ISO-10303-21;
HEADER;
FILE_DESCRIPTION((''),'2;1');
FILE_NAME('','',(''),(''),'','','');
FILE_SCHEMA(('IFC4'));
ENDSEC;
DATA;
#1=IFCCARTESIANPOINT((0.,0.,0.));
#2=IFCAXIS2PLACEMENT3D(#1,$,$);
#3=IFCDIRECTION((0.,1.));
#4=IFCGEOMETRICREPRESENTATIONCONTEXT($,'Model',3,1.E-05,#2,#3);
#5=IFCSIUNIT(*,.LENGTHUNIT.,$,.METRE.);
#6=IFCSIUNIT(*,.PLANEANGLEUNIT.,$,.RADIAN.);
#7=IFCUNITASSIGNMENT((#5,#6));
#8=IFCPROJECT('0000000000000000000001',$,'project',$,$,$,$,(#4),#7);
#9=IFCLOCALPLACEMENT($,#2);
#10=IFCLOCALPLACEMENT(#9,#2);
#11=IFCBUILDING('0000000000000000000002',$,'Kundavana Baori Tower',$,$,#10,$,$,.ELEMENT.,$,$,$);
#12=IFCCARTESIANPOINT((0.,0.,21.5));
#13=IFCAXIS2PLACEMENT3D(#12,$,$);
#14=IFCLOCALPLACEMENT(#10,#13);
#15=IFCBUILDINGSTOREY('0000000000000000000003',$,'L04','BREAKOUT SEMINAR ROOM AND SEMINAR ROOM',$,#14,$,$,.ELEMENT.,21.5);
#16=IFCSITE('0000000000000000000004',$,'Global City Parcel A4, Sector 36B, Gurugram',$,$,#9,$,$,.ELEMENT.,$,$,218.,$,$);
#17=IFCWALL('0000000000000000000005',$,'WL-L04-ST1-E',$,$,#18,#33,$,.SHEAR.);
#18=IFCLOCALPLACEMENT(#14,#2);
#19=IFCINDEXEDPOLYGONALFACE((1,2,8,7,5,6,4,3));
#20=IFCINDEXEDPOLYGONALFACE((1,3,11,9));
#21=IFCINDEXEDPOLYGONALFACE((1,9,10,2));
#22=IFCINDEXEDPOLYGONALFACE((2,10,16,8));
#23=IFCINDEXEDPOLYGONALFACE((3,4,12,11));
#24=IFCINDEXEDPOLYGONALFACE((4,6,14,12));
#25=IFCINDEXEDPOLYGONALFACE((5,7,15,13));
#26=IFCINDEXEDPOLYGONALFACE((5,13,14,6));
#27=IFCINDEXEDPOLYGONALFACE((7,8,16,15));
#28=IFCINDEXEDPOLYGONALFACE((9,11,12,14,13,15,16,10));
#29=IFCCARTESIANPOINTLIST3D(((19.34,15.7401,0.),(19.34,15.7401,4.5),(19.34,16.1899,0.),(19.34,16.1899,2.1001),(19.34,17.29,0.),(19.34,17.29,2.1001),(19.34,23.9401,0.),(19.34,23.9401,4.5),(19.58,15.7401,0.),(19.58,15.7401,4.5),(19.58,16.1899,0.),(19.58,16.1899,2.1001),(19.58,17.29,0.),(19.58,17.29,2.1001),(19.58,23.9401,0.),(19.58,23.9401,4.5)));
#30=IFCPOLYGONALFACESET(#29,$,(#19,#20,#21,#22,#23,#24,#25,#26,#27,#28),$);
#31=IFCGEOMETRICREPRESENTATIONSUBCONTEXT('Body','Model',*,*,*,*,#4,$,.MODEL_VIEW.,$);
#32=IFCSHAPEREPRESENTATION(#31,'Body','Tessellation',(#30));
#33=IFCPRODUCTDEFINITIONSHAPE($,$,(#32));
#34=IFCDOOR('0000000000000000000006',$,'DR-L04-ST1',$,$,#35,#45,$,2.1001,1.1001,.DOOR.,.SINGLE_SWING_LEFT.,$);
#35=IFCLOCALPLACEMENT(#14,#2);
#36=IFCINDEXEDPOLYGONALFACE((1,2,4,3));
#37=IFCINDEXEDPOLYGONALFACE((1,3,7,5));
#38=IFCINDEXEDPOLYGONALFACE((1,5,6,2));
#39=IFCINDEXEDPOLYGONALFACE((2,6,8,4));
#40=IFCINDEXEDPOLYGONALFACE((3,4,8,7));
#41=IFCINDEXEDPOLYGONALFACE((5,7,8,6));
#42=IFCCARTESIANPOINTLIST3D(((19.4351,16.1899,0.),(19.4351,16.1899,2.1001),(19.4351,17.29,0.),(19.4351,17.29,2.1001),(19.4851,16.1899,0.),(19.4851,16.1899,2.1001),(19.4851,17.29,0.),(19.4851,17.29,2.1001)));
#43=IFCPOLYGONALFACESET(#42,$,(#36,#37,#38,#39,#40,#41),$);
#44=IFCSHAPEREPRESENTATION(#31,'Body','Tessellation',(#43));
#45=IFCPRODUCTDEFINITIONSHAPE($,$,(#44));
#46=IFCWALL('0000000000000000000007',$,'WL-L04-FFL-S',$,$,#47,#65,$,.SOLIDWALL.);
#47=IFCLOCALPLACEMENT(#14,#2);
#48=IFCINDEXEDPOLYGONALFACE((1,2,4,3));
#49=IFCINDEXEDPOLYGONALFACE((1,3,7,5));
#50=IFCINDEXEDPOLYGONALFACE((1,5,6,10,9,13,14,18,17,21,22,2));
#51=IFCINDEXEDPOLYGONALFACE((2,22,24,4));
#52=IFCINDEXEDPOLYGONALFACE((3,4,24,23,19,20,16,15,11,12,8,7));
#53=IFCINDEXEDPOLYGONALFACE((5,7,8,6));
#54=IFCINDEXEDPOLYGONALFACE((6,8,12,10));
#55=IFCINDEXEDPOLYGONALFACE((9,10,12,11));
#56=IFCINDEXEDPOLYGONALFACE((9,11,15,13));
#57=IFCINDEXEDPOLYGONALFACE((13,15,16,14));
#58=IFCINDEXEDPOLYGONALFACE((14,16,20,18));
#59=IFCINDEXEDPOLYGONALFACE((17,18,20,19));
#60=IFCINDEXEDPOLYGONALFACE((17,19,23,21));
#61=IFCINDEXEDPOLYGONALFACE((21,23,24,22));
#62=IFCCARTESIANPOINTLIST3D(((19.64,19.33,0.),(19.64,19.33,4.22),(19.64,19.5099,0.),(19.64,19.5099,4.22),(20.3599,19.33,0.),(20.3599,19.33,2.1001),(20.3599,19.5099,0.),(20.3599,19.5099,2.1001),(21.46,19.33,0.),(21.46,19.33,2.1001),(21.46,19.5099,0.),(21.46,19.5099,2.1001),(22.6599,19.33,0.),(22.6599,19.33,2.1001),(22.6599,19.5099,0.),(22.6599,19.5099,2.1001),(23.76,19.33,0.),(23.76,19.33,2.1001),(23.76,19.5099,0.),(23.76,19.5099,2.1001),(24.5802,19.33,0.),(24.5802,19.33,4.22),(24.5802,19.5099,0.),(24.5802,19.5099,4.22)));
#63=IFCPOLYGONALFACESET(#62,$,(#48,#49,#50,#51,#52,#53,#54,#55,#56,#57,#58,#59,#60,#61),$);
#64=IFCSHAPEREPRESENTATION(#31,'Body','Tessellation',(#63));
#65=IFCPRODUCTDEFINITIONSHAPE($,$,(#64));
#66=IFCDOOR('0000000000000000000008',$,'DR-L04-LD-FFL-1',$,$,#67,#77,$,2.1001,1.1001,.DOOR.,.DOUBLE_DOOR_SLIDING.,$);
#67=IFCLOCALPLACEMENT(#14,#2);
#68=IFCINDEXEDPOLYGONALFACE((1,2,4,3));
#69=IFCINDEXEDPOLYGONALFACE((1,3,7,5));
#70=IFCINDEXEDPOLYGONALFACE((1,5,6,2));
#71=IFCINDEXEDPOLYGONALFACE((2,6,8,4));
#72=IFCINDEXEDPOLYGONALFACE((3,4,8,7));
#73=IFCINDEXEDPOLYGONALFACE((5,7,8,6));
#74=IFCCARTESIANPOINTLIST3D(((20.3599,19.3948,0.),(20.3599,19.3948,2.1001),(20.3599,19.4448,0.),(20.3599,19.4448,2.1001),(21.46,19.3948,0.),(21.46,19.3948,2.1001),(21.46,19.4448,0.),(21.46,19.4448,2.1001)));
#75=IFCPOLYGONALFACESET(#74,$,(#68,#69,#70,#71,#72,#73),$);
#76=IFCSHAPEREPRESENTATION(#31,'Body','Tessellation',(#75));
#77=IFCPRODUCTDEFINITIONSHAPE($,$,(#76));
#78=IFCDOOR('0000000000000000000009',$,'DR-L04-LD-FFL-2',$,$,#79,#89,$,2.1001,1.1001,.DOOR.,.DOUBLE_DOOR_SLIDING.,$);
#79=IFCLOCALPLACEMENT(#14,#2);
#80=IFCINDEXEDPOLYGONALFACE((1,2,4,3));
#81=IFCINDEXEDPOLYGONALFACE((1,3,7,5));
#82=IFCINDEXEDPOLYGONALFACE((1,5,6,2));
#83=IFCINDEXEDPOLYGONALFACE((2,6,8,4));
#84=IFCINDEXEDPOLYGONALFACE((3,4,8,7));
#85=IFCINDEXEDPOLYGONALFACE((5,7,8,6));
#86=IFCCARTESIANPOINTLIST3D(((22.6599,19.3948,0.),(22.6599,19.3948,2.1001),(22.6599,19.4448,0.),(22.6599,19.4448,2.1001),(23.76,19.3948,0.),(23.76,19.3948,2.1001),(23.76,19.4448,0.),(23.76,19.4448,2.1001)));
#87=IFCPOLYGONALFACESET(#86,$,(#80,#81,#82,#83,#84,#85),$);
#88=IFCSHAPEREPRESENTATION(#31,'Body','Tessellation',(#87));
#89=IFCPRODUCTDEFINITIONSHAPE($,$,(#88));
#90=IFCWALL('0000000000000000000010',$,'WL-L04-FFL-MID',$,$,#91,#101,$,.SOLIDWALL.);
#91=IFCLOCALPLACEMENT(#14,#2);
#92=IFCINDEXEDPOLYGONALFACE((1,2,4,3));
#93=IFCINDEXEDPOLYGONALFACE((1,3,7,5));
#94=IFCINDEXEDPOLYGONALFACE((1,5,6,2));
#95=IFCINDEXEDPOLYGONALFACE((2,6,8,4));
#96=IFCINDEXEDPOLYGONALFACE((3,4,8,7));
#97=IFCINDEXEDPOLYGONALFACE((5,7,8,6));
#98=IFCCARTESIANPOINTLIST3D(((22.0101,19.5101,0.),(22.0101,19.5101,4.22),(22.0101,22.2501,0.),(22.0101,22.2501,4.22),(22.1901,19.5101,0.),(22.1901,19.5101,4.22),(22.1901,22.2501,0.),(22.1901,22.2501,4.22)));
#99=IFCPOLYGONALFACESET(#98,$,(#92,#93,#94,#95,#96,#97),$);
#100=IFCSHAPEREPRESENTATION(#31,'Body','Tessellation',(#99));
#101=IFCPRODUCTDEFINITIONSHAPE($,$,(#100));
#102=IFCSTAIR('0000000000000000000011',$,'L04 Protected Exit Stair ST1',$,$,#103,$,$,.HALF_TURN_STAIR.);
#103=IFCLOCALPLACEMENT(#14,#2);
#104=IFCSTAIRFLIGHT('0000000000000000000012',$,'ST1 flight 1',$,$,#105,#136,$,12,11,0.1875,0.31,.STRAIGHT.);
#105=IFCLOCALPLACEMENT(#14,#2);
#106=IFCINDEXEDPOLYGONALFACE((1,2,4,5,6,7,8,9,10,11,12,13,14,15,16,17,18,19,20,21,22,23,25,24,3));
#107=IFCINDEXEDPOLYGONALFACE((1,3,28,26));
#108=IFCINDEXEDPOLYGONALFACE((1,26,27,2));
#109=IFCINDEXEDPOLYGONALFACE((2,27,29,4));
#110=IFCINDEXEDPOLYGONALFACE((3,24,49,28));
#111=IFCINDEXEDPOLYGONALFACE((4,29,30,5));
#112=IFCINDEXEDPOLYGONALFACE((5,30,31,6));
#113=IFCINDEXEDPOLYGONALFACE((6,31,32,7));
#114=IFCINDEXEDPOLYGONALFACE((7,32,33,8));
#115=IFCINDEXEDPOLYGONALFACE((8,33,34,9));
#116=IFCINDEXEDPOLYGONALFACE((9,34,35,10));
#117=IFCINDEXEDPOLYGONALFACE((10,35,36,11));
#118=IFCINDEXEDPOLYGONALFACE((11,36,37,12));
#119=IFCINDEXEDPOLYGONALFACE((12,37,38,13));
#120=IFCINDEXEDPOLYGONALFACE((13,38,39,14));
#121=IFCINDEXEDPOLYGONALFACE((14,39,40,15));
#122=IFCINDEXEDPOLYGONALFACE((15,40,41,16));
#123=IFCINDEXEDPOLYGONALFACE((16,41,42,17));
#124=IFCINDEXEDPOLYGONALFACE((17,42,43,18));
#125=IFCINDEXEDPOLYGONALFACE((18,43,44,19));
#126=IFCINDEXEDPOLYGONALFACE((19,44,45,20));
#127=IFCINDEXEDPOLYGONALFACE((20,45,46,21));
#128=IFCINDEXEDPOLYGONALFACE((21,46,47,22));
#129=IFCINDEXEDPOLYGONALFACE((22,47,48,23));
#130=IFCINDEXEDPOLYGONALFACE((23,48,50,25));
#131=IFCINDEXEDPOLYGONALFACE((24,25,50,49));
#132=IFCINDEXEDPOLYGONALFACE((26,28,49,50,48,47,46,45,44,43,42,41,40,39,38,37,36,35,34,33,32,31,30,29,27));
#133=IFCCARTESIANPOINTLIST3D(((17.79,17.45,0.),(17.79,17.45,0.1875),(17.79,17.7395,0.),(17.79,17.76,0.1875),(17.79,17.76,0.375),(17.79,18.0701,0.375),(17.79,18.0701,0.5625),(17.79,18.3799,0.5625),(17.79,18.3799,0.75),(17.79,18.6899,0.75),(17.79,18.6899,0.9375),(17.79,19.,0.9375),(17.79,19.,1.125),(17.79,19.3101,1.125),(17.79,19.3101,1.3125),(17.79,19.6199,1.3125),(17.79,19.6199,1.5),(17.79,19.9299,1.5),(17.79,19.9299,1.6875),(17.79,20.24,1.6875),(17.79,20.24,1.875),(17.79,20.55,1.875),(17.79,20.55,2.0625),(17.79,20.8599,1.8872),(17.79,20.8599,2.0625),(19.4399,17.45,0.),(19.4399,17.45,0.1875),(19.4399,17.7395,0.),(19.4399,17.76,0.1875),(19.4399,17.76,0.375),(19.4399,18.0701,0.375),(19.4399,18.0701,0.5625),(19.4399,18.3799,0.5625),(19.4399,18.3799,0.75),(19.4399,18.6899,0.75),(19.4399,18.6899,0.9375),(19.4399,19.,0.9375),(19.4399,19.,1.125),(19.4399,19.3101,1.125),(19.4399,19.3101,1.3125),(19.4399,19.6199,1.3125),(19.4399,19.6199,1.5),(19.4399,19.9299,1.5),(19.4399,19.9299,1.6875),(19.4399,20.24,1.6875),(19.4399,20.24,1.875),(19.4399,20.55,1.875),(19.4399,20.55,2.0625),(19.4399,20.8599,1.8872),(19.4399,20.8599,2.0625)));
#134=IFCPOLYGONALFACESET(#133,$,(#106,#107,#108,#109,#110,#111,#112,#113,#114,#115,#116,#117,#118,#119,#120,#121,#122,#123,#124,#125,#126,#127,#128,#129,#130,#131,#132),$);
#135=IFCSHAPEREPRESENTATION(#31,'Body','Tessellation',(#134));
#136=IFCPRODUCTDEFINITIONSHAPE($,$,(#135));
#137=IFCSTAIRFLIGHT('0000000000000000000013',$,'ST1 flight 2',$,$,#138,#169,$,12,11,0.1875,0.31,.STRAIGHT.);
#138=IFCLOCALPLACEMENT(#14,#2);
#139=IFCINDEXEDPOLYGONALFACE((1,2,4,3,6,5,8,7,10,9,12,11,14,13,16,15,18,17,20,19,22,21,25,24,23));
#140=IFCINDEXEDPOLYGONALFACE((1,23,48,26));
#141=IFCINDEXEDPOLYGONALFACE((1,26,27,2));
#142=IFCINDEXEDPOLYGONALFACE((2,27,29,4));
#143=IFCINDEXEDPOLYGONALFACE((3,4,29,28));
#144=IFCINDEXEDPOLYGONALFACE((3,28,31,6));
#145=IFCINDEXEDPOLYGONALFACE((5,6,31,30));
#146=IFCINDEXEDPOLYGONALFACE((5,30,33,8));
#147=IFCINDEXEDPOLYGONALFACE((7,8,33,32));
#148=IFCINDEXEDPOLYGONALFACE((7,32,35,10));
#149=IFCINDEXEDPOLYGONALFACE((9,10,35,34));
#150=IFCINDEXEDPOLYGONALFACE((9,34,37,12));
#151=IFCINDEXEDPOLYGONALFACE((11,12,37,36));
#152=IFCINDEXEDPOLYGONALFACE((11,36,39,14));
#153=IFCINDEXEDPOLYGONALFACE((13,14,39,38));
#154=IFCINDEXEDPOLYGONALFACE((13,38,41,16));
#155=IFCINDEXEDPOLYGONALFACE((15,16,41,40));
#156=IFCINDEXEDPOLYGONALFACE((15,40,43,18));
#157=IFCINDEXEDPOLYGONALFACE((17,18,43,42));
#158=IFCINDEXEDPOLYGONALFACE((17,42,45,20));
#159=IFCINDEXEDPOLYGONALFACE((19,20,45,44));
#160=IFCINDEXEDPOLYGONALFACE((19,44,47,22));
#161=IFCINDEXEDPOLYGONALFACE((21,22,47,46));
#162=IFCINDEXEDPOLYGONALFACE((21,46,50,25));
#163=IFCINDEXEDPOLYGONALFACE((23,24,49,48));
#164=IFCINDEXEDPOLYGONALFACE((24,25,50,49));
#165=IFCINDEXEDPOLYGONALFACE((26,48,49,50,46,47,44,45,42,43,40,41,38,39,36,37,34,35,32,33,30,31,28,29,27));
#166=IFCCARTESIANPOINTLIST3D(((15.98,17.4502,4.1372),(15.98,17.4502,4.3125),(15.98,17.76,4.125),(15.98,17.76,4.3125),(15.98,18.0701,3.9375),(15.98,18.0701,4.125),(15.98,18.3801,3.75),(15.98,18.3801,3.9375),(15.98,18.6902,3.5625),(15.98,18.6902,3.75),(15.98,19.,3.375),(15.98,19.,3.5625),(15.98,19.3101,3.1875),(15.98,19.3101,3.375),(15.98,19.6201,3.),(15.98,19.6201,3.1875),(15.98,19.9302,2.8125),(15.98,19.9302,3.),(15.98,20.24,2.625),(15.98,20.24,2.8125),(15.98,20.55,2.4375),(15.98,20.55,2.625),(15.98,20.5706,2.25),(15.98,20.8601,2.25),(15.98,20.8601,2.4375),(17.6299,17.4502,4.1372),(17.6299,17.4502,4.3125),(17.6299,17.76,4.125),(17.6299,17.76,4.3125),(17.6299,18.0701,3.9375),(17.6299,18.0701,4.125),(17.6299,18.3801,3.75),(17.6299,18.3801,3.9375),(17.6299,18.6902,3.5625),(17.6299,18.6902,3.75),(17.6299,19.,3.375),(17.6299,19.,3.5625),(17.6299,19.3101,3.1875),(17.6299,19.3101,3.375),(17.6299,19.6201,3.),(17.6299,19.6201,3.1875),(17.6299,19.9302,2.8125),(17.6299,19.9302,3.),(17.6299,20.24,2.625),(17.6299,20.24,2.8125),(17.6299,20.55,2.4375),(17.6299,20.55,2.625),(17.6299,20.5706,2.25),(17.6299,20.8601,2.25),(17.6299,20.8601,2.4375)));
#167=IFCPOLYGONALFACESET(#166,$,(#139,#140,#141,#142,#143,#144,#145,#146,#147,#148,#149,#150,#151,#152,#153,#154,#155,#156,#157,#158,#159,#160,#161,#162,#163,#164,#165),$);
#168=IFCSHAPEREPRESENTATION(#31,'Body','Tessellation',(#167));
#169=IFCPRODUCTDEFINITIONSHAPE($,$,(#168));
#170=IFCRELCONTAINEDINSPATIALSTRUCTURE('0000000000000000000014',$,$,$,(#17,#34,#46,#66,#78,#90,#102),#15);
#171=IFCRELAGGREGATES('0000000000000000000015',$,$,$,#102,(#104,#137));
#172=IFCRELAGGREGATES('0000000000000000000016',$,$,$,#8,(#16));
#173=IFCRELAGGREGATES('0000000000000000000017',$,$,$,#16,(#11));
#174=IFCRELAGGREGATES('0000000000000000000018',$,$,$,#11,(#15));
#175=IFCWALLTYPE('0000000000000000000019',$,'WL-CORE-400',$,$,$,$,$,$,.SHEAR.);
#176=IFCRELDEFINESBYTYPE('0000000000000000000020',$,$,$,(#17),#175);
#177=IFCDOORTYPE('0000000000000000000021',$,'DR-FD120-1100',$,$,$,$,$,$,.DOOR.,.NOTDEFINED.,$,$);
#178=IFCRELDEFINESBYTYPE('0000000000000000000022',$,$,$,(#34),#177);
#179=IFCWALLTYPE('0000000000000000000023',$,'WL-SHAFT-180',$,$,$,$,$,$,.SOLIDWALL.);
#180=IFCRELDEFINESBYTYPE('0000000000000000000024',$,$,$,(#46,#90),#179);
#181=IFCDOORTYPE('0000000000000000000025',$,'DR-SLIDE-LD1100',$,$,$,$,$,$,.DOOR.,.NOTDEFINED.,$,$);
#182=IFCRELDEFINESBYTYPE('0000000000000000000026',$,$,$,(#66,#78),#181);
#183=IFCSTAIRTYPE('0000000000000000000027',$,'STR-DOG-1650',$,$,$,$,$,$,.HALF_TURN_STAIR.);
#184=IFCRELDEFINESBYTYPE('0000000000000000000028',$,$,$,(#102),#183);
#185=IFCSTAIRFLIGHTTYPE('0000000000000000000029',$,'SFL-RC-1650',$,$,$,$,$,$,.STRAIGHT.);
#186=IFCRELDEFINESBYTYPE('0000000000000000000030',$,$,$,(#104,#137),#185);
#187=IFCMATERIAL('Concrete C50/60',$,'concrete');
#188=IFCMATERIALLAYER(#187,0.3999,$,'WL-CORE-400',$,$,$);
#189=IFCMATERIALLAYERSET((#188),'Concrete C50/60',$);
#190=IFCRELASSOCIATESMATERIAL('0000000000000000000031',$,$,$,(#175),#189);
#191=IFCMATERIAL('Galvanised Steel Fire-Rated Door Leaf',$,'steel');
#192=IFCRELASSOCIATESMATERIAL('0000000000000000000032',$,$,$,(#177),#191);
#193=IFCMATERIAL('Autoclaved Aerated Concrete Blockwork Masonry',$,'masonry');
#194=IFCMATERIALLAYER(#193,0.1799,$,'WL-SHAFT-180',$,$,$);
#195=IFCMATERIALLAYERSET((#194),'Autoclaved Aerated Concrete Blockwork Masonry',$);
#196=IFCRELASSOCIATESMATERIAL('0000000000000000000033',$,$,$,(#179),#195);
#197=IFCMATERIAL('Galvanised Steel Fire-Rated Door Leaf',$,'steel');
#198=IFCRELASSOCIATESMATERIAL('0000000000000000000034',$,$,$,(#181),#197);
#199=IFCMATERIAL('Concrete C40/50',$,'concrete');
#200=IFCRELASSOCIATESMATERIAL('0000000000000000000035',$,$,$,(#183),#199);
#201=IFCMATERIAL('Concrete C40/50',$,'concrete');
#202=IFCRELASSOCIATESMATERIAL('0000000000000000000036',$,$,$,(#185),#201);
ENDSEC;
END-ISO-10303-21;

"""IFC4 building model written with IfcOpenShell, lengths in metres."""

from ifc_helpers import new_model, si_unit, direction, frame, frame_2d, origin, place, context, subcontext, project, spatial, polyline, rectangle, outline, extrude, material, layer, layer_set, type_object, element, fill, aggregate, save


model = new_model("IFC4")

# Units and contexts
model_context = context("Model", 3, precision=1e-05, world=origin(), true_north=direction((0.0, 1.0)))
body_context = subcontext(model_context, "Body", "Model", "MODEL_VIEW")
ifc_project = project(units=[si_unit("LENGTHUNIT", "METRE"), si_unit("PLANEANGLEUNIT", "RADIAN")], contexts=[model_context])

# Site, building, storey
site_placement = place(None, origin())
site = spatial("IfcSite", under=ifc_project, at=site_placement, Name="Global City Parcel A4, Sector 36B, Gurugram", CompositionType="ELEMENT", RefElevation=218.0)
building_placement = place(site_placement, origin())
building = spatial("IfcBuilding", under=site, at=building_placement, Name="Kundavana Baori Tower", CompositionType="ELEMENT")
storey_placement = place(building_placement, frame((0.0, 0.0, 21.5)))
storey = spatial("IfcBuildingStorey", under=building, at=storey_placement, Name="L04", Description="BREAKOUT SEMINAR ROOM AND SEMINAR ROOM", CompositionType="ELEMENT", Elevation=21.5)

# Wall, opening, door
ifc_material_1 = material(Name="Concrete C50/60", Category="concrete")
ifc_layer_1 = layer(ifc_material_1, 0.3999, Name="WL-CORE-400")
ifc_layer_set_1 = layer_set([ifc_layer_1], Name="Concrete C50/60")
wall_type_1 = type_object("IfcWallType", Name="WL-CORE-400", PredefinedType="SHEAR", material=ifc_layer_set_1)
wall_1_placement = place(storey_placement, frame((19.46, 15.74, 0.0), z_axis=(0.0, 0.0, 1.0), x_axis=(0.0, 1.0, 0.0)))
wall_1 = element("IfcWall", 1, at=wall_1_placement, inside=storey, type_object=wall_type_1, Name="WL-L04-ST1-E", PredefinedType="SHEAR", context=body_context, shape_type="SweptSolid", body=[
    extrude(rectangle(XDim=8.2, YDim=0.24, at=frame_2d((4.1001, 0.0))), origin(), (0.0, 0.0, 1.0), 4.5),
])
opening_1_placement = place(wall_1_placement, frame((0.45, 0.0, 0.0)))
opening_1 = element("IfcOpeningElement", 2, at=opening_1_placement, cuts=wall_1, PredefinedType="OPENING", context=body_context, shape_type="SweptSolid", body=[
    extrude(rectangle(XDim=1.1001, YDim=2.1001, at=frame_2d((0.55, 1.05))), frame((0.0, 0.1299, 0.0), z_axis=(0.0, -1.0, 0.0), x_axis=(1.0, 0.0, 0.0)), (0.0, 0.0, 1.0), 0.26),
])
ifc_material_2 = material(Name="Galvanised Steel Fire-Rated Door Leaf", Category="steel")
door_type_1 = type_object("IfcDoorType", Name="DR-FD120-1100", OperationType="NOTDEFINED", PredefinedType="DOOR", material=ifc_material_2)
door_1_placement = place(opening_1_placement, origin())
door_1 = element("IfcDoor", 3, at=door_1_placement, inside=storey, type_object=door_type_1, Name="DR-L04-ST1", OperationType="SINGLE_SWING_LEFT", OverallHeight=2.1001, OverallWidth=1.1001, PredefinedType="DOOR", context=body_context, shape_type="SweptSolid", body=[
    extrude(rectangle(XDim=1.1001, YDim=2.1001, at=frame_2d((0.55, 1.05))), frame((0.0, 0.0249, 0.0), z_axis=(0.0, -1.0, 0.0), x_axis=(1.0, 0.0, 0.0)), (0.0, 0.0, 1.0), 0.05),
])
fill(opening_1, door_1)

# Wall, openings, doors
ifc_material_3 = material(Name="Autoclaved Aerated Concrete Blockwork Masonry", Category="masonry")
ifc_layer_2 = layer(ifc_material_3, 0.1799, Name="WL-SHAFT-180")
ifc_layer_set_2 = layer_set([ifc_layer_2], Name="Autoclaved Aerated Concrete Blockwork Masonry")
wall_type_2 = type_object("IfcWallType", Name="WL-SHAFT-180", PredefinedType="SOLIDWALL", material=ifc_layer_set_2)
wall_2_placement = place(storey_placement, frame((19.6399, 19.4199, 0.0), z_axis=(0.0, 0.0, 1.0), x_axis=(1.0, 0.0, 0.0)))
wall_2 = element("IfcWall", 4, at=wall_2_placement, inside=storey, type_object=wall_type_2, Name="WL-L04-FFL-S", PredefinedType="SOLIDWALL", context=body_context, shape_type="SweptSolid", body=[
    extrude(rectangle(XDim=4.9402, YDim=0.1799, at=frame_2d((2.4702, 0.0))), origin(), (0.0, 0.0, 1.0), 4.22),
])
opening_2_placement = place(wall_2_placement, frame((0.72, 0.0, 0.0)))
opening_2 = element("IfcOpeningElement", 5, at=opening_2_placement, cuts=wall_2, PredefinedType="OPENING", context=body_context, shape_type="SweptSolid", body=[
    extrude(rectangle(XDim=1.1001, YDim=2.1001, at=frame_2d((0.55, 1.05))), frame((0.0, 0.1001, 0.0), z_axis=(0.0, -1.0, 0.0), x_axis=(1.0, 0.0, 0.0)), (0.0, 0.0, 1.0), 0.2),
])
opening_3_placement = place(wall_2_placement, frame((3.02, 0.0, 0.0)))
opening_3 = element("IfcOpeningElement", 6, at=opening_3_placement, cuts=wall_2, PredefinedType="OPENING", context=body_context, shape_type="SweptSolid", body=[
    extrude(rectangle(XDim=1.1001, YDim=2.1001, at=frame_2d((0.55, 1.05))), frame((0.0, 0.1001, 0.0), z_axis=(0.0, -1.0, 0.0), x_axis=(1.0, 0.0, 0.0)), (0.0, 0.0, 1.0), 0.2),
])
ifc_material_4 = material(Name="Galvanised Steel Fire-Rated Door Leaf", Category="steel")
door_type_2 = type_object("IfcDoorType", Name="DR-SLIDE-LD1100", OperationType="NOTDEFINED", PredefinedType="DOOR", material=ifc_material_4)
door_2_placement = place(opening_2_placement, origin())
door_2 = element("IfcDoor", 7, at=door_2_placement, inside=storey, type_object=door_type_2, Name="DR-L04-LD-FFL-1", OperationType="DOUBLE_DOOR_SLIDING", OverallHeight=2.1001, OverallWidth=1.1001, PredefinedType="DOOR", context=body_context, shape_type="SweptSolid", body=[
    extrude(rectangle(XDim=1.1001, YDim=2.1001, at=frame_2d((0.55, 1.05))), frame((0.0, 0.0249, 0.0), z_axis=(0.0, -1.0, 0.0), x_axis=(1.0, 0.0, 0.0)), (0.0, 0.0, 1.0), 0.05),
])
fill(opening_2, door_2)
door_3_placement = place(opening_3_placement, origin())
door_3 = element("IfcDoor", 8, at=door_3_placement, inside=storey, type_object=door_type_2, Name="DR-L04-LD-FFL-2", OperationType="DOUBLE_DOOR_SLIDING", OverallHeight=2.1001, OverallWidth=1.1001, PredefinedType="DOOR", context=body_context, shape_type="SweptSolid", body=[
    extrude(rectangle(XDim=1.1001, YDim=2.1001, at=frame_2d((0.55, 1.05))), frame((0.0, 0.0249, 0.0), z_axis=(0.0, -1.0, 0.0), x_axis=(1.0, 0.0, 0.0)), (0.0, 0.0, 1.0), 0.05),
])
fill(opening_3, door_3)

# Wall
wall_3_placement = place(storey_placement, frame((22.1001, 19.51, 0.0), z_axis=(0.0, 0.0, 1.0), x_axis=(0.0, 1.0, 0.0)))
element("IfcWall", 9, at=wall_3_placement, inside=storey, type_object=wall_type_2, Name="WL-L04-FFL-MID", PredefinedType="SOLIDWALL", context=body_context, shape_type="SweptSolid", body=[
    extrude(rectangle(XDim=2.74, YDim=0.1799, at=frame_2d((1.3701, 0.0))), origin(), (0.0, 0.0, 1.0), 4.22),
])

# Stair, stair flights
ifc_material_5 = material(Name="Concrete C40/50", Category="concrete")
stair_type = type_object("IfcStairType", Name="STR-DOG-1650", PredefinedType="HALF_TURN_STAIR", material=ifc_material_5)
stair_placement = place(storey_placement, origin())
stair = element("IfcStair", 10, at=stair_placement, inside=storey, type_object=stair_type, Name="L04 Protected Exit Stair ST1", PredefinedType="HALF_TURN_STAIR")
ifc_material_6 = material(Name="Concrete C40/50", Category="concrete")
stair_flight_type = type_object("IfcStairFlightType", Name="SFL-RC-1650", PredefinedType="STRAIGHT", material=ifc_material_6)
stair_flight_1_placement = place(storey_placement, frame((18.615, 17.45, 0.0), z_axis=(0.0, 0.0, 1.0), x_axis=(0.0, 1.0, 0.0)))
stair_flight_1 = element("IfcStairFlight", 11, at=stair_flight_1_placement, type_object=stair_flight_type, Name="ST1 flight 1", NumberOfRisers=12, NumberOfTreads=11, PredefinedType="STRAIGHT", RiserHeight=0.1875, TreadLength=0.31, context=body_context, shape_type="SweptSolid", body=[
    extrude(outline(polyline([(0.0, 0.0), (0.0, 0.1875), (0.3101, 0.1875), (0.3101, 0.375), (0.6201, 0.375), (0.6201, 0.5625), (0.9299, 0.5625), (0.9299, 0.75), (1.24, 0.75), (1.24, 0.9375), (1.55, 0.9375), (1.55, 1.125), (1.8601, 1.125), (1.8601, 1.3125), (2.1699, 1.3125), (2.1699, 1.5), (2.48, 1.5), (2.48, 1.6875), (2.79, 1.6875), (2.79, 1.875), (3.1001, 1.875), (3.1001, 2.0625), (3.4099, 2.0625), (3.4099, 2.25), (3.4099, 1.8872), (0.2896, 0.0), (0.0, 0.0)])), frame((0.0, 0.825, 0.0), z_axis=(0.0, -1.0, 0.0), x_axis=(1.0, 0.0, 0.0)), (0.0, 0.0, 1.0), 1.6499),
])
stair_flight_2_placement = place(storey_placement, frame((16.8049, 20.8601, 2.25), z_axis=(0.0, 0.0, 1.0), x_axis=(0.0, -1.0, 0.0)))
stair_flight_2 = element("IfcStairFlight", 12, at=stair_flight_2_placement, type_object=stair_flight_type, Name="ST1 flight 2", NumberOfRisers=12, NumberOfTreads=11, PredefinedType="STRAIGHT", RiserHeight=0.1875, TreadLength=0.31, context=body_context, shape_type="SweptSolid", body=[
    extrude(outline(polyline([(0.0, 0.0), (0.0, 0.1875), (0.3101, 0.1875), (0.3101, 0.375), (0.6201, 0.375), (0.6201, 0.5625), (0.9299, 0.5625), (0.9299, 0.75), (1.24, 0.75), (1.24, 0.9375), (1.55, 0.9375), (1.55, 1.125), (1.8601, 1.125), (1.8601, 1.3125), (2.1699, 1.3125), (2.1699, 1.5), (2.48, 1.5), (2.48, 1.6875), (2.79, 1.6875), (2.79, 1.875), (3.1001, 1.875), (3.1001, 2.0625), (3.4099, 2.0625), (3.4099, 2.25), (3.4099, 1.8872), (0.2896, 0.0), (0.0, 0.0)])), frame((0.0, 0.825, 0.0), z_axis=(0.0, -1.0, 0.0), x_axis=(1.0, 0.0, 0.0)), (0.0, 0.0, 1.0), 1.6499),
])
aggregate(stair, [stair_flight_1, stair_flight_2])

save(model, "model.ifc")
